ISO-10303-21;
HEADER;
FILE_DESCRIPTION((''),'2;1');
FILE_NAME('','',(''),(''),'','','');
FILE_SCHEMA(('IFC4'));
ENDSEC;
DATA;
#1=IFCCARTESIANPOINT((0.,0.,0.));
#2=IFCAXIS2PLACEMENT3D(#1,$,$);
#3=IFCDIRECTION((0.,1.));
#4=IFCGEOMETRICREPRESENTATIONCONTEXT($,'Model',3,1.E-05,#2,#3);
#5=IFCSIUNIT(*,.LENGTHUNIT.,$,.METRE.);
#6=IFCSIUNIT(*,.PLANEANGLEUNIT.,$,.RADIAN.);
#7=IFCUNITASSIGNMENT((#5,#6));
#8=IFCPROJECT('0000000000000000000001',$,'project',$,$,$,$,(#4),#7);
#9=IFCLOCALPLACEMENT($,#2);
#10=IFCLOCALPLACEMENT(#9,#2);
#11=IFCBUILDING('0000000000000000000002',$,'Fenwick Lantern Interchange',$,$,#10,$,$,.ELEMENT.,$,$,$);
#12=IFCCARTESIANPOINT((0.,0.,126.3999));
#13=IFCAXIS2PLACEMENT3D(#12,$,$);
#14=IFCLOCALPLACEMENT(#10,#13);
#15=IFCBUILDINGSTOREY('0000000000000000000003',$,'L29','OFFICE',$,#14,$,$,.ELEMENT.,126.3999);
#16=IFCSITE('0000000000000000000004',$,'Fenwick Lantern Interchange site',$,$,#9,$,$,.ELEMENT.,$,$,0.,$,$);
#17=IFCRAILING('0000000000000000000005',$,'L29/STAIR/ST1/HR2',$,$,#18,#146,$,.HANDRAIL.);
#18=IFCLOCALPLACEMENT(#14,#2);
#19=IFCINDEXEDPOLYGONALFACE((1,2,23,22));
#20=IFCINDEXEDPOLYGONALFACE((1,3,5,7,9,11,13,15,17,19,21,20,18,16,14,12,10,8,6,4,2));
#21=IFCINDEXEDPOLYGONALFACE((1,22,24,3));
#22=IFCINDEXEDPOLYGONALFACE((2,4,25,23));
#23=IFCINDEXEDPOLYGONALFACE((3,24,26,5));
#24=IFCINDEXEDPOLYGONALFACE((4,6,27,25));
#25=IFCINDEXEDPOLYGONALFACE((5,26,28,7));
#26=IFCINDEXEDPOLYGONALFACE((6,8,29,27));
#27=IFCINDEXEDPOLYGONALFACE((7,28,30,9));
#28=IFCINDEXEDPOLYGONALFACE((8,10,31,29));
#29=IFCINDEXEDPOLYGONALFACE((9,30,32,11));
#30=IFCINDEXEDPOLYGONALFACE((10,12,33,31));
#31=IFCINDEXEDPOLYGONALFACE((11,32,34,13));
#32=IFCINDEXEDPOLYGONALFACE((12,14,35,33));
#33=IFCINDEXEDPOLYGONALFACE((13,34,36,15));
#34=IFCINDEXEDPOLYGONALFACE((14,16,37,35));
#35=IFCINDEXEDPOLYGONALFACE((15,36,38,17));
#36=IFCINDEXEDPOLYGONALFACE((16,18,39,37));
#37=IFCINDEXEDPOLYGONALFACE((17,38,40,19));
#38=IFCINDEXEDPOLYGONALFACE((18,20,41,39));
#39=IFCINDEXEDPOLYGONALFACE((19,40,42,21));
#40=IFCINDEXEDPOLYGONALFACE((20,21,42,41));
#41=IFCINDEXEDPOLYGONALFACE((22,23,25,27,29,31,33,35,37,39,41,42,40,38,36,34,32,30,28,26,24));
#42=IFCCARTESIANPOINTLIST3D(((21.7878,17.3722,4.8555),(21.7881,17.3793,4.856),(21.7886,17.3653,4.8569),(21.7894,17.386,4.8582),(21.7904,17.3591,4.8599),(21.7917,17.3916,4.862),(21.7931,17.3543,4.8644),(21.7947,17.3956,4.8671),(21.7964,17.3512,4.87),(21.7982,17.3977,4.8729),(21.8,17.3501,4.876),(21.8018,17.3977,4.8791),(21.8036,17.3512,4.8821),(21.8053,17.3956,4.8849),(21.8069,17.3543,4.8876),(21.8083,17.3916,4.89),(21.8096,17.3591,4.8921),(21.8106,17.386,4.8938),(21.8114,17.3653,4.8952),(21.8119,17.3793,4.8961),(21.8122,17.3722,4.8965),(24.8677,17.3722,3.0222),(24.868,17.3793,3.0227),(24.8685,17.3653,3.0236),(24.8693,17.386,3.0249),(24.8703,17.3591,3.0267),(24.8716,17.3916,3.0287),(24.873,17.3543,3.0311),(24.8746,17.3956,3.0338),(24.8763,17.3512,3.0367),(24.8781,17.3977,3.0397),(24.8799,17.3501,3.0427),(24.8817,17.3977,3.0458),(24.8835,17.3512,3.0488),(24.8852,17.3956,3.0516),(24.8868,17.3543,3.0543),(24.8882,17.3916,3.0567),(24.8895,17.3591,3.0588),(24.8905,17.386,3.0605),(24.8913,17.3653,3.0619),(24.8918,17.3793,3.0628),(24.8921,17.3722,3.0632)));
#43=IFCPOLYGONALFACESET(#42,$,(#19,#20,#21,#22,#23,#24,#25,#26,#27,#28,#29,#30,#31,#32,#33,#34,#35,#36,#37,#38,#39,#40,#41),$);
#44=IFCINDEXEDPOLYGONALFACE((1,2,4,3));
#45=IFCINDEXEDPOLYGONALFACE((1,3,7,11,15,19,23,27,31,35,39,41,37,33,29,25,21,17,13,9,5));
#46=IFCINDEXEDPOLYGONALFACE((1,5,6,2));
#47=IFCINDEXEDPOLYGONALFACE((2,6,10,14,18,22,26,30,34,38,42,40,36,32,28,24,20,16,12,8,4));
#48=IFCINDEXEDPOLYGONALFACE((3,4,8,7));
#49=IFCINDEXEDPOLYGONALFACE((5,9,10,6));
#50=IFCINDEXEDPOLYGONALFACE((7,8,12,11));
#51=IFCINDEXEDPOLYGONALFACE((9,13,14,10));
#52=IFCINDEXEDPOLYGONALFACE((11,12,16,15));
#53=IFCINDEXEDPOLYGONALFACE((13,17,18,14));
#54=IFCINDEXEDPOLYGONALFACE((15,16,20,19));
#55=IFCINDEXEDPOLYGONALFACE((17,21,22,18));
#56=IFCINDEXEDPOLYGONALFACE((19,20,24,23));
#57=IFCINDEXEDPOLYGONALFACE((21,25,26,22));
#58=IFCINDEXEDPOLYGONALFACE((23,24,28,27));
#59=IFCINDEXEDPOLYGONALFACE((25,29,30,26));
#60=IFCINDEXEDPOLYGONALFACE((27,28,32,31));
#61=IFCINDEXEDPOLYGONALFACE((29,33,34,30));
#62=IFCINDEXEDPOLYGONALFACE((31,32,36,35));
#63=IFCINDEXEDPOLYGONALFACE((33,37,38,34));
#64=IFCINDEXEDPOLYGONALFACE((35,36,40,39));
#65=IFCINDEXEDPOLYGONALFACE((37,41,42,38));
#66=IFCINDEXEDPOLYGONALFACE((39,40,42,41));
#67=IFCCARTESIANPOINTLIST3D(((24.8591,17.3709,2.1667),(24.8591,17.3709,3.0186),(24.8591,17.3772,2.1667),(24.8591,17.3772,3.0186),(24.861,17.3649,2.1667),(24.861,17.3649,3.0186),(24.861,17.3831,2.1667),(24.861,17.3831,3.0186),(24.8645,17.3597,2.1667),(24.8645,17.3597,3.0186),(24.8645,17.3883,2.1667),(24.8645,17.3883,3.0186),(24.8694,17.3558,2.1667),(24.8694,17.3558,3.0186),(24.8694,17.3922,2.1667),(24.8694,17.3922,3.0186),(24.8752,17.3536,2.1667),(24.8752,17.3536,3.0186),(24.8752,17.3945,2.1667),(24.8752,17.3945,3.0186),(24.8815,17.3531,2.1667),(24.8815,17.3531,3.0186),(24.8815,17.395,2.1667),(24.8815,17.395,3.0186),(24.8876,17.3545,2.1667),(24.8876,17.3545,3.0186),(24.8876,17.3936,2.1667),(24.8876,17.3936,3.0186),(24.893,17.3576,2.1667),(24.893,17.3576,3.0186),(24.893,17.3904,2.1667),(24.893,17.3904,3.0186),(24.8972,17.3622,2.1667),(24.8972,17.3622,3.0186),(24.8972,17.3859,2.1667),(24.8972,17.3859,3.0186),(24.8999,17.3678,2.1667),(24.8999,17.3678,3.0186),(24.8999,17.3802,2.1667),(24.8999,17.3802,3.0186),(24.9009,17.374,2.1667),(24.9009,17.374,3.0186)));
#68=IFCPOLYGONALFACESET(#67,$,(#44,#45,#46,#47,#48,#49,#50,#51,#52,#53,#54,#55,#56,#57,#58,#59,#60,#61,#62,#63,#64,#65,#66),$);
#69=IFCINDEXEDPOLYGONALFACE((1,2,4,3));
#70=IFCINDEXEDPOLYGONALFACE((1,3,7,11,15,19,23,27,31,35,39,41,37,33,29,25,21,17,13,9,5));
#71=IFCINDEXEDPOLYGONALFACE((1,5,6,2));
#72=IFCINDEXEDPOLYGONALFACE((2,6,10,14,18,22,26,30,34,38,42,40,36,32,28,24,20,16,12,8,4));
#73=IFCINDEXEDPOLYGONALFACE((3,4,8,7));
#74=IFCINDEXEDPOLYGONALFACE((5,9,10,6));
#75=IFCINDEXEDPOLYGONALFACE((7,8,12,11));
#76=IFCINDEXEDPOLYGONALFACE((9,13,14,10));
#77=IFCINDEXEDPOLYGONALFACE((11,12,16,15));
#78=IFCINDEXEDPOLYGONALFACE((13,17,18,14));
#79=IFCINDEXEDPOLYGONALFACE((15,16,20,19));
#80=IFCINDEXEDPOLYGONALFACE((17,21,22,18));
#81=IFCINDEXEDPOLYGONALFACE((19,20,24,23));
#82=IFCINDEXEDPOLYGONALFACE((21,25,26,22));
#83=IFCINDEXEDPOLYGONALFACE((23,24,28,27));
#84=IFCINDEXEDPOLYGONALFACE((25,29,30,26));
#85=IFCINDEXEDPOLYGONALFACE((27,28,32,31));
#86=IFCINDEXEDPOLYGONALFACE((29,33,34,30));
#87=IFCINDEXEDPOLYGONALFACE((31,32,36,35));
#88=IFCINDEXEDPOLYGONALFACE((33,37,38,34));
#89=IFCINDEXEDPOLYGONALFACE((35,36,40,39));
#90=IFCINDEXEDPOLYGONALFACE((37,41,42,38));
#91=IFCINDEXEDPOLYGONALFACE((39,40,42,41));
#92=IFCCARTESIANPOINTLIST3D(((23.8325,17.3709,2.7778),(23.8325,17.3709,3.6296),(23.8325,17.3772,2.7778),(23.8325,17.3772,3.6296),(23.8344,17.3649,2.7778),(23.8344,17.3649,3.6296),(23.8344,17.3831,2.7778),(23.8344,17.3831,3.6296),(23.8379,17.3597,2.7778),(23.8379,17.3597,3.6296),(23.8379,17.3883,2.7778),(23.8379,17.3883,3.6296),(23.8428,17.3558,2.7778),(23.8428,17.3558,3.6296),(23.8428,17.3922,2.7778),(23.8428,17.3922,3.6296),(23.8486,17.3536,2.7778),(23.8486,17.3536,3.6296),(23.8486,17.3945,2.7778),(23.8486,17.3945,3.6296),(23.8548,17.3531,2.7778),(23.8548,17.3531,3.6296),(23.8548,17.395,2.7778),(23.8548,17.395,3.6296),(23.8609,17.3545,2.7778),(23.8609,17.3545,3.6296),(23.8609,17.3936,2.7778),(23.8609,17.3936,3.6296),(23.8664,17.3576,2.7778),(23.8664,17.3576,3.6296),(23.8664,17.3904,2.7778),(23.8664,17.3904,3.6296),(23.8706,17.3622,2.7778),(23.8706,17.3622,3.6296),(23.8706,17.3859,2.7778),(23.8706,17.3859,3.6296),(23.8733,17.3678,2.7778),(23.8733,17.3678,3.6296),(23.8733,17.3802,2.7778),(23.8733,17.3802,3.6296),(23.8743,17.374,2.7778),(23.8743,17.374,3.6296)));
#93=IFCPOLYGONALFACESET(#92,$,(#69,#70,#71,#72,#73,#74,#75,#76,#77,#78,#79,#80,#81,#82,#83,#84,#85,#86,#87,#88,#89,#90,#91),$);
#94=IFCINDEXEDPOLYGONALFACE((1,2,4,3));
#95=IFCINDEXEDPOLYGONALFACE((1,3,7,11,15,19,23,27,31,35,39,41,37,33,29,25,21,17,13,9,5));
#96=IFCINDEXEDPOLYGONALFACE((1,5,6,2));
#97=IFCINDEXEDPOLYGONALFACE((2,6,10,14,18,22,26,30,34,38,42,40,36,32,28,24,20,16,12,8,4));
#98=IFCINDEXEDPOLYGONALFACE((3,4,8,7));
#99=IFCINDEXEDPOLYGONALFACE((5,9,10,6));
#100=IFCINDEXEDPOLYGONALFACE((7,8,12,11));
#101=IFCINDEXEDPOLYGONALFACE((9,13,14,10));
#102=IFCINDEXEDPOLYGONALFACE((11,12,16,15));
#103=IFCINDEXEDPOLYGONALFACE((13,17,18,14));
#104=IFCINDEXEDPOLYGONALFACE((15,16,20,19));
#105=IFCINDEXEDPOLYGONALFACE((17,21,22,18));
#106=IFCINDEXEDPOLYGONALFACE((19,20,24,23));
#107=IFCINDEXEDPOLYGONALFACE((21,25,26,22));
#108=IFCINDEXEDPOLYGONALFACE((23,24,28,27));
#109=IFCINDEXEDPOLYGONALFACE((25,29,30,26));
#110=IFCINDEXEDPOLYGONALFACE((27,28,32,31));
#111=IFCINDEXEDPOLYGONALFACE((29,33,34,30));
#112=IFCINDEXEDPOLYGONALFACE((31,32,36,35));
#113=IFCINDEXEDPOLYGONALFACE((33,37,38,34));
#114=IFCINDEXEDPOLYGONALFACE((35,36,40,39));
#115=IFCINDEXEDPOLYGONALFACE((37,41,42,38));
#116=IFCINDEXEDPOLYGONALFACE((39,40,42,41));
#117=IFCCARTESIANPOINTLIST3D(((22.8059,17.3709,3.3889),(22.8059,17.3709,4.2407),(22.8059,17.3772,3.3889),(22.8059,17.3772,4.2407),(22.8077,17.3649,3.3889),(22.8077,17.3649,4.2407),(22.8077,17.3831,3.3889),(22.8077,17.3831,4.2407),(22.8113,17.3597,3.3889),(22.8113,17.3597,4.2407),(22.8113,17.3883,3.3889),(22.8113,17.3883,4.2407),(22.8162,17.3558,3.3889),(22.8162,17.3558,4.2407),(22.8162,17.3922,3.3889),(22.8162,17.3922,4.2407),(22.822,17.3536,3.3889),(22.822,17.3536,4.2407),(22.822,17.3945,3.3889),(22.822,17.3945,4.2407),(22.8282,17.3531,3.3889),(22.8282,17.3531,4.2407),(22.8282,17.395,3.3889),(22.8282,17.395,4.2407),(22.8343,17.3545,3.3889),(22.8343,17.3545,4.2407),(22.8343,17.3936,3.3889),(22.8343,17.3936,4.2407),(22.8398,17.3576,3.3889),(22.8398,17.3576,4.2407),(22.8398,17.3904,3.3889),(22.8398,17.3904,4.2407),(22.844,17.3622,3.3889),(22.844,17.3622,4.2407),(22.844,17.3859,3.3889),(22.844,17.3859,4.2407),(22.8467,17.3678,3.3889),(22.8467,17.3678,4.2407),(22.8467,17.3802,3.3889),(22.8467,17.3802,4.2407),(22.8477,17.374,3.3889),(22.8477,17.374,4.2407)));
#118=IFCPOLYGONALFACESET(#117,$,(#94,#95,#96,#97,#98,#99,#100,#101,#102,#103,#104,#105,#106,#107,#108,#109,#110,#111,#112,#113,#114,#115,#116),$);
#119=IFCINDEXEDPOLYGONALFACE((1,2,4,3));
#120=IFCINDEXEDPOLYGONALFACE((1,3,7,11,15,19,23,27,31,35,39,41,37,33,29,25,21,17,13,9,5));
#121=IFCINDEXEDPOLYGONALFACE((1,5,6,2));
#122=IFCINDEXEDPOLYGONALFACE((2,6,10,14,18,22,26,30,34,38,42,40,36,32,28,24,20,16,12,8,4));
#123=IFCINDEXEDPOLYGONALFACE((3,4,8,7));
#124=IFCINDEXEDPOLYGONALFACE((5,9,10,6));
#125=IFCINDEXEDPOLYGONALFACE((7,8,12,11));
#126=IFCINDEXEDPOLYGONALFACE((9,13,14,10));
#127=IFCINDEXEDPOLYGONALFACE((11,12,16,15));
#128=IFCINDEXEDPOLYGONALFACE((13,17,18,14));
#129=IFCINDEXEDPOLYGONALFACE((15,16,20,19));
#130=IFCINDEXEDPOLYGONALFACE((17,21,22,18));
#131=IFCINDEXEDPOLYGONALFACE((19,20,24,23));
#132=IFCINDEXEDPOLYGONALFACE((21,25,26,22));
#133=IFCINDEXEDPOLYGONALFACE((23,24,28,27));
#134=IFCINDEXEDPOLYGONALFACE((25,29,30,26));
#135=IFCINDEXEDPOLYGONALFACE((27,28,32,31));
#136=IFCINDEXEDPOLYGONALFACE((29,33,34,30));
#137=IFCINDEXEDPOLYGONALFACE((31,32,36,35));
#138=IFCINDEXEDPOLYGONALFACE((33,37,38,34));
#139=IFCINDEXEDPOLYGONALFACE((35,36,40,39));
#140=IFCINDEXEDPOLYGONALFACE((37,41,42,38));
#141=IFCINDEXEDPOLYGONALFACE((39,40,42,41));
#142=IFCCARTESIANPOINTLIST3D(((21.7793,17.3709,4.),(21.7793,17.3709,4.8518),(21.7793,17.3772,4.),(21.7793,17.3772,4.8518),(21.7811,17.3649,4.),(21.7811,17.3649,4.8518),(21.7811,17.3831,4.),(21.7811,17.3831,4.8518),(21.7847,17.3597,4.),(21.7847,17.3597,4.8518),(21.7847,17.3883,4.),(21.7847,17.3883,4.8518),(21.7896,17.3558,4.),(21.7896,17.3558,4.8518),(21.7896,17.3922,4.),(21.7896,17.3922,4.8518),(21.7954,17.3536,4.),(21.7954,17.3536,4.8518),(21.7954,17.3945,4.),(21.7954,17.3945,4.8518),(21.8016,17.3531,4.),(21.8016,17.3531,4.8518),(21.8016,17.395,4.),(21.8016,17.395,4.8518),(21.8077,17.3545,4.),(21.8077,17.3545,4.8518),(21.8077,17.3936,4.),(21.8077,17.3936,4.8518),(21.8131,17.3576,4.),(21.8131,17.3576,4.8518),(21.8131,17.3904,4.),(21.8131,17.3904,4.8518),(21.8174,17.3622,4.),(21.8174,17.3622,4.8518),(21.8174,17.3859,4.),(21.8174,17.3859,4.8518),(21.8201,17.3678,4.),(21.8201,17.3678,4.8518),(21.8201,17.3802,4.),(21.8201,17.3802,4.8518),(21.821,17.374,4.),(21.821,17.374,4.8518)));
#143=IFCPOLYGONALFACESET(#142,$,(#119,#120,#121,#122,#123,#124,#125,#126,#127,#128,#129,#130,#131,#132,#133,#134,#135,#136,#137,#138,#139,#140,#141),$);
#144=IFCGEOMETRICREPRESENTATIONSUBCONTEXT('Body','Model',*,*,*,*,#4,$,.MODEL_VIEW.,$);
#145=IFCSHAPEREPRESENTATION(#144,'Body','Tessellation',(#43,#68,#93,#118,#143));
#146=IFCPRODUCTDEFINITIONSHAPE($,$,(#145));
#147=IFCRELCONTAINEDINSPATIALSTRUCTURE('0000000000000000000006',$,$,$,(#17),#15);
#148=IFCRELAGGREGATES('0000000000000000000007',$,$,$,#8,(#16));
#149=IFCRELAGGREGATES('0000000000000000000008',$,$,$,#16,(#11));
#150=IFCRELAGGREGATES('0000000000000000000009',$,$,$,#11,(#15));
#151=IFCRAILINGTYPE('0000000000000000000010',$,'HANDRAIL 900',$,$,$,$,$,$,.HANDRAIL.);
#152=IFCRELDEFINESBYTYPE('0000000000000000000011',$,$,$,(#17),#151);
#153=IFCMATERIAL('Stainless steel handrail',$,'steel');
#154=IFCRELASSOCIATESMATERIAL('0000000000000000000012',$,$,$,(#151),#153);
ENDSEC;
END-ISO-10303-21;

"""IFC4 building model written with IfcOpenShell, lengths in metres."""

from ifc_helpers import new_model, si_unit, direction, frame, origin, origin_2d, place, context, subcontext, project, spatial, circle, extrude, material, type_object, element, save


model = new_model("IFC4")

# Units and contexts
model_context = context("Model", 3, precision=1e-05, world=origin(), true_north=direction((0.0, 1.0)))
body_context = subcontext(model_context, "Body", "Model", "MODEL_VIEW")
ifc_project = project(units=[si_unit("LENGTHUNIT", "METRE"), si_unit("PLANEANGLEUNIT", "RADIAN")], contexts=[model_context])

# Site, building, storey
site_placement = place(None, origin())
site = spatial("IfcSite", under=ifc_project, at=site_placement, Name="Fenwick Lantern Interchange site", CompositionType="ELEMENT", RefElevation=0.0)
building_placement = place(site_placement, origin())
building = spatial("IfcBuilding", under=site, at=building_placement, Name="Fenwick Lantern Interchange", CompositionType="ELEMENT")
storey_placement = place(building_placement, frame((0.0, 0.0, 126.3999)))
storey = spatial("IfcBuildingStorey", under=building, at=storey_placement, Name="L29", Description="OFFICE", CompositionType="ELEMENT", Elevation=126.3999)

# Railing
ifc_material_1 = material(Name="Stainless steel handrail", Category="steel")
railing_type = type_object("IfcRailingType", Name="HANDRAIL 900", PredefinedType="HANDRAIL", material=ifc_material_1)
railing_1_placement = place(storey_placement, frame((24.8799, 17.374, 2.1667)))
element("IfcRailing", 1, at=railing_1_placement, inside=storey, type_object=railing_type, Name="L29/STAIR/ST1/HR2", PredefinedType="HANDRAIL", context=body_context, shape_type="SweptSolid", body=[
    extrude(circle(Radius=0.0239, at=origin_2d()), frame((0.0, 0.0, 0.876), z_axis=(-0.859291, 0.0, 0.511487), x_axis=(0.0, -1.0, 0.0)), (0.0, 0.0, 1.0), 3.5842),
    extrude(circle(Radius=0.021, at=origin_2d()), origin(), (0.0, 0.0, 1.0), 0.8518),
    extrude(circle(Radius=0.021, at=origin_2d()), frame((-1.0266, 0.0, 0.6111)), (0.0, 0.0, 1.0), 0.8518),
    extrude(circle(Radius=0.021, at=origin_2d()), frame((-2.0532, 0.0, 1.2222)), (0.0, 0.0, 1.0), 0.8518),
    extrude(circle(Radius=0.021, at=origin_2d()), frame((-3.0798, 0.0, 1.8333)), (0.0, 0.0, 1.0), 0.8518),
])

save(model, "model.ifc")
